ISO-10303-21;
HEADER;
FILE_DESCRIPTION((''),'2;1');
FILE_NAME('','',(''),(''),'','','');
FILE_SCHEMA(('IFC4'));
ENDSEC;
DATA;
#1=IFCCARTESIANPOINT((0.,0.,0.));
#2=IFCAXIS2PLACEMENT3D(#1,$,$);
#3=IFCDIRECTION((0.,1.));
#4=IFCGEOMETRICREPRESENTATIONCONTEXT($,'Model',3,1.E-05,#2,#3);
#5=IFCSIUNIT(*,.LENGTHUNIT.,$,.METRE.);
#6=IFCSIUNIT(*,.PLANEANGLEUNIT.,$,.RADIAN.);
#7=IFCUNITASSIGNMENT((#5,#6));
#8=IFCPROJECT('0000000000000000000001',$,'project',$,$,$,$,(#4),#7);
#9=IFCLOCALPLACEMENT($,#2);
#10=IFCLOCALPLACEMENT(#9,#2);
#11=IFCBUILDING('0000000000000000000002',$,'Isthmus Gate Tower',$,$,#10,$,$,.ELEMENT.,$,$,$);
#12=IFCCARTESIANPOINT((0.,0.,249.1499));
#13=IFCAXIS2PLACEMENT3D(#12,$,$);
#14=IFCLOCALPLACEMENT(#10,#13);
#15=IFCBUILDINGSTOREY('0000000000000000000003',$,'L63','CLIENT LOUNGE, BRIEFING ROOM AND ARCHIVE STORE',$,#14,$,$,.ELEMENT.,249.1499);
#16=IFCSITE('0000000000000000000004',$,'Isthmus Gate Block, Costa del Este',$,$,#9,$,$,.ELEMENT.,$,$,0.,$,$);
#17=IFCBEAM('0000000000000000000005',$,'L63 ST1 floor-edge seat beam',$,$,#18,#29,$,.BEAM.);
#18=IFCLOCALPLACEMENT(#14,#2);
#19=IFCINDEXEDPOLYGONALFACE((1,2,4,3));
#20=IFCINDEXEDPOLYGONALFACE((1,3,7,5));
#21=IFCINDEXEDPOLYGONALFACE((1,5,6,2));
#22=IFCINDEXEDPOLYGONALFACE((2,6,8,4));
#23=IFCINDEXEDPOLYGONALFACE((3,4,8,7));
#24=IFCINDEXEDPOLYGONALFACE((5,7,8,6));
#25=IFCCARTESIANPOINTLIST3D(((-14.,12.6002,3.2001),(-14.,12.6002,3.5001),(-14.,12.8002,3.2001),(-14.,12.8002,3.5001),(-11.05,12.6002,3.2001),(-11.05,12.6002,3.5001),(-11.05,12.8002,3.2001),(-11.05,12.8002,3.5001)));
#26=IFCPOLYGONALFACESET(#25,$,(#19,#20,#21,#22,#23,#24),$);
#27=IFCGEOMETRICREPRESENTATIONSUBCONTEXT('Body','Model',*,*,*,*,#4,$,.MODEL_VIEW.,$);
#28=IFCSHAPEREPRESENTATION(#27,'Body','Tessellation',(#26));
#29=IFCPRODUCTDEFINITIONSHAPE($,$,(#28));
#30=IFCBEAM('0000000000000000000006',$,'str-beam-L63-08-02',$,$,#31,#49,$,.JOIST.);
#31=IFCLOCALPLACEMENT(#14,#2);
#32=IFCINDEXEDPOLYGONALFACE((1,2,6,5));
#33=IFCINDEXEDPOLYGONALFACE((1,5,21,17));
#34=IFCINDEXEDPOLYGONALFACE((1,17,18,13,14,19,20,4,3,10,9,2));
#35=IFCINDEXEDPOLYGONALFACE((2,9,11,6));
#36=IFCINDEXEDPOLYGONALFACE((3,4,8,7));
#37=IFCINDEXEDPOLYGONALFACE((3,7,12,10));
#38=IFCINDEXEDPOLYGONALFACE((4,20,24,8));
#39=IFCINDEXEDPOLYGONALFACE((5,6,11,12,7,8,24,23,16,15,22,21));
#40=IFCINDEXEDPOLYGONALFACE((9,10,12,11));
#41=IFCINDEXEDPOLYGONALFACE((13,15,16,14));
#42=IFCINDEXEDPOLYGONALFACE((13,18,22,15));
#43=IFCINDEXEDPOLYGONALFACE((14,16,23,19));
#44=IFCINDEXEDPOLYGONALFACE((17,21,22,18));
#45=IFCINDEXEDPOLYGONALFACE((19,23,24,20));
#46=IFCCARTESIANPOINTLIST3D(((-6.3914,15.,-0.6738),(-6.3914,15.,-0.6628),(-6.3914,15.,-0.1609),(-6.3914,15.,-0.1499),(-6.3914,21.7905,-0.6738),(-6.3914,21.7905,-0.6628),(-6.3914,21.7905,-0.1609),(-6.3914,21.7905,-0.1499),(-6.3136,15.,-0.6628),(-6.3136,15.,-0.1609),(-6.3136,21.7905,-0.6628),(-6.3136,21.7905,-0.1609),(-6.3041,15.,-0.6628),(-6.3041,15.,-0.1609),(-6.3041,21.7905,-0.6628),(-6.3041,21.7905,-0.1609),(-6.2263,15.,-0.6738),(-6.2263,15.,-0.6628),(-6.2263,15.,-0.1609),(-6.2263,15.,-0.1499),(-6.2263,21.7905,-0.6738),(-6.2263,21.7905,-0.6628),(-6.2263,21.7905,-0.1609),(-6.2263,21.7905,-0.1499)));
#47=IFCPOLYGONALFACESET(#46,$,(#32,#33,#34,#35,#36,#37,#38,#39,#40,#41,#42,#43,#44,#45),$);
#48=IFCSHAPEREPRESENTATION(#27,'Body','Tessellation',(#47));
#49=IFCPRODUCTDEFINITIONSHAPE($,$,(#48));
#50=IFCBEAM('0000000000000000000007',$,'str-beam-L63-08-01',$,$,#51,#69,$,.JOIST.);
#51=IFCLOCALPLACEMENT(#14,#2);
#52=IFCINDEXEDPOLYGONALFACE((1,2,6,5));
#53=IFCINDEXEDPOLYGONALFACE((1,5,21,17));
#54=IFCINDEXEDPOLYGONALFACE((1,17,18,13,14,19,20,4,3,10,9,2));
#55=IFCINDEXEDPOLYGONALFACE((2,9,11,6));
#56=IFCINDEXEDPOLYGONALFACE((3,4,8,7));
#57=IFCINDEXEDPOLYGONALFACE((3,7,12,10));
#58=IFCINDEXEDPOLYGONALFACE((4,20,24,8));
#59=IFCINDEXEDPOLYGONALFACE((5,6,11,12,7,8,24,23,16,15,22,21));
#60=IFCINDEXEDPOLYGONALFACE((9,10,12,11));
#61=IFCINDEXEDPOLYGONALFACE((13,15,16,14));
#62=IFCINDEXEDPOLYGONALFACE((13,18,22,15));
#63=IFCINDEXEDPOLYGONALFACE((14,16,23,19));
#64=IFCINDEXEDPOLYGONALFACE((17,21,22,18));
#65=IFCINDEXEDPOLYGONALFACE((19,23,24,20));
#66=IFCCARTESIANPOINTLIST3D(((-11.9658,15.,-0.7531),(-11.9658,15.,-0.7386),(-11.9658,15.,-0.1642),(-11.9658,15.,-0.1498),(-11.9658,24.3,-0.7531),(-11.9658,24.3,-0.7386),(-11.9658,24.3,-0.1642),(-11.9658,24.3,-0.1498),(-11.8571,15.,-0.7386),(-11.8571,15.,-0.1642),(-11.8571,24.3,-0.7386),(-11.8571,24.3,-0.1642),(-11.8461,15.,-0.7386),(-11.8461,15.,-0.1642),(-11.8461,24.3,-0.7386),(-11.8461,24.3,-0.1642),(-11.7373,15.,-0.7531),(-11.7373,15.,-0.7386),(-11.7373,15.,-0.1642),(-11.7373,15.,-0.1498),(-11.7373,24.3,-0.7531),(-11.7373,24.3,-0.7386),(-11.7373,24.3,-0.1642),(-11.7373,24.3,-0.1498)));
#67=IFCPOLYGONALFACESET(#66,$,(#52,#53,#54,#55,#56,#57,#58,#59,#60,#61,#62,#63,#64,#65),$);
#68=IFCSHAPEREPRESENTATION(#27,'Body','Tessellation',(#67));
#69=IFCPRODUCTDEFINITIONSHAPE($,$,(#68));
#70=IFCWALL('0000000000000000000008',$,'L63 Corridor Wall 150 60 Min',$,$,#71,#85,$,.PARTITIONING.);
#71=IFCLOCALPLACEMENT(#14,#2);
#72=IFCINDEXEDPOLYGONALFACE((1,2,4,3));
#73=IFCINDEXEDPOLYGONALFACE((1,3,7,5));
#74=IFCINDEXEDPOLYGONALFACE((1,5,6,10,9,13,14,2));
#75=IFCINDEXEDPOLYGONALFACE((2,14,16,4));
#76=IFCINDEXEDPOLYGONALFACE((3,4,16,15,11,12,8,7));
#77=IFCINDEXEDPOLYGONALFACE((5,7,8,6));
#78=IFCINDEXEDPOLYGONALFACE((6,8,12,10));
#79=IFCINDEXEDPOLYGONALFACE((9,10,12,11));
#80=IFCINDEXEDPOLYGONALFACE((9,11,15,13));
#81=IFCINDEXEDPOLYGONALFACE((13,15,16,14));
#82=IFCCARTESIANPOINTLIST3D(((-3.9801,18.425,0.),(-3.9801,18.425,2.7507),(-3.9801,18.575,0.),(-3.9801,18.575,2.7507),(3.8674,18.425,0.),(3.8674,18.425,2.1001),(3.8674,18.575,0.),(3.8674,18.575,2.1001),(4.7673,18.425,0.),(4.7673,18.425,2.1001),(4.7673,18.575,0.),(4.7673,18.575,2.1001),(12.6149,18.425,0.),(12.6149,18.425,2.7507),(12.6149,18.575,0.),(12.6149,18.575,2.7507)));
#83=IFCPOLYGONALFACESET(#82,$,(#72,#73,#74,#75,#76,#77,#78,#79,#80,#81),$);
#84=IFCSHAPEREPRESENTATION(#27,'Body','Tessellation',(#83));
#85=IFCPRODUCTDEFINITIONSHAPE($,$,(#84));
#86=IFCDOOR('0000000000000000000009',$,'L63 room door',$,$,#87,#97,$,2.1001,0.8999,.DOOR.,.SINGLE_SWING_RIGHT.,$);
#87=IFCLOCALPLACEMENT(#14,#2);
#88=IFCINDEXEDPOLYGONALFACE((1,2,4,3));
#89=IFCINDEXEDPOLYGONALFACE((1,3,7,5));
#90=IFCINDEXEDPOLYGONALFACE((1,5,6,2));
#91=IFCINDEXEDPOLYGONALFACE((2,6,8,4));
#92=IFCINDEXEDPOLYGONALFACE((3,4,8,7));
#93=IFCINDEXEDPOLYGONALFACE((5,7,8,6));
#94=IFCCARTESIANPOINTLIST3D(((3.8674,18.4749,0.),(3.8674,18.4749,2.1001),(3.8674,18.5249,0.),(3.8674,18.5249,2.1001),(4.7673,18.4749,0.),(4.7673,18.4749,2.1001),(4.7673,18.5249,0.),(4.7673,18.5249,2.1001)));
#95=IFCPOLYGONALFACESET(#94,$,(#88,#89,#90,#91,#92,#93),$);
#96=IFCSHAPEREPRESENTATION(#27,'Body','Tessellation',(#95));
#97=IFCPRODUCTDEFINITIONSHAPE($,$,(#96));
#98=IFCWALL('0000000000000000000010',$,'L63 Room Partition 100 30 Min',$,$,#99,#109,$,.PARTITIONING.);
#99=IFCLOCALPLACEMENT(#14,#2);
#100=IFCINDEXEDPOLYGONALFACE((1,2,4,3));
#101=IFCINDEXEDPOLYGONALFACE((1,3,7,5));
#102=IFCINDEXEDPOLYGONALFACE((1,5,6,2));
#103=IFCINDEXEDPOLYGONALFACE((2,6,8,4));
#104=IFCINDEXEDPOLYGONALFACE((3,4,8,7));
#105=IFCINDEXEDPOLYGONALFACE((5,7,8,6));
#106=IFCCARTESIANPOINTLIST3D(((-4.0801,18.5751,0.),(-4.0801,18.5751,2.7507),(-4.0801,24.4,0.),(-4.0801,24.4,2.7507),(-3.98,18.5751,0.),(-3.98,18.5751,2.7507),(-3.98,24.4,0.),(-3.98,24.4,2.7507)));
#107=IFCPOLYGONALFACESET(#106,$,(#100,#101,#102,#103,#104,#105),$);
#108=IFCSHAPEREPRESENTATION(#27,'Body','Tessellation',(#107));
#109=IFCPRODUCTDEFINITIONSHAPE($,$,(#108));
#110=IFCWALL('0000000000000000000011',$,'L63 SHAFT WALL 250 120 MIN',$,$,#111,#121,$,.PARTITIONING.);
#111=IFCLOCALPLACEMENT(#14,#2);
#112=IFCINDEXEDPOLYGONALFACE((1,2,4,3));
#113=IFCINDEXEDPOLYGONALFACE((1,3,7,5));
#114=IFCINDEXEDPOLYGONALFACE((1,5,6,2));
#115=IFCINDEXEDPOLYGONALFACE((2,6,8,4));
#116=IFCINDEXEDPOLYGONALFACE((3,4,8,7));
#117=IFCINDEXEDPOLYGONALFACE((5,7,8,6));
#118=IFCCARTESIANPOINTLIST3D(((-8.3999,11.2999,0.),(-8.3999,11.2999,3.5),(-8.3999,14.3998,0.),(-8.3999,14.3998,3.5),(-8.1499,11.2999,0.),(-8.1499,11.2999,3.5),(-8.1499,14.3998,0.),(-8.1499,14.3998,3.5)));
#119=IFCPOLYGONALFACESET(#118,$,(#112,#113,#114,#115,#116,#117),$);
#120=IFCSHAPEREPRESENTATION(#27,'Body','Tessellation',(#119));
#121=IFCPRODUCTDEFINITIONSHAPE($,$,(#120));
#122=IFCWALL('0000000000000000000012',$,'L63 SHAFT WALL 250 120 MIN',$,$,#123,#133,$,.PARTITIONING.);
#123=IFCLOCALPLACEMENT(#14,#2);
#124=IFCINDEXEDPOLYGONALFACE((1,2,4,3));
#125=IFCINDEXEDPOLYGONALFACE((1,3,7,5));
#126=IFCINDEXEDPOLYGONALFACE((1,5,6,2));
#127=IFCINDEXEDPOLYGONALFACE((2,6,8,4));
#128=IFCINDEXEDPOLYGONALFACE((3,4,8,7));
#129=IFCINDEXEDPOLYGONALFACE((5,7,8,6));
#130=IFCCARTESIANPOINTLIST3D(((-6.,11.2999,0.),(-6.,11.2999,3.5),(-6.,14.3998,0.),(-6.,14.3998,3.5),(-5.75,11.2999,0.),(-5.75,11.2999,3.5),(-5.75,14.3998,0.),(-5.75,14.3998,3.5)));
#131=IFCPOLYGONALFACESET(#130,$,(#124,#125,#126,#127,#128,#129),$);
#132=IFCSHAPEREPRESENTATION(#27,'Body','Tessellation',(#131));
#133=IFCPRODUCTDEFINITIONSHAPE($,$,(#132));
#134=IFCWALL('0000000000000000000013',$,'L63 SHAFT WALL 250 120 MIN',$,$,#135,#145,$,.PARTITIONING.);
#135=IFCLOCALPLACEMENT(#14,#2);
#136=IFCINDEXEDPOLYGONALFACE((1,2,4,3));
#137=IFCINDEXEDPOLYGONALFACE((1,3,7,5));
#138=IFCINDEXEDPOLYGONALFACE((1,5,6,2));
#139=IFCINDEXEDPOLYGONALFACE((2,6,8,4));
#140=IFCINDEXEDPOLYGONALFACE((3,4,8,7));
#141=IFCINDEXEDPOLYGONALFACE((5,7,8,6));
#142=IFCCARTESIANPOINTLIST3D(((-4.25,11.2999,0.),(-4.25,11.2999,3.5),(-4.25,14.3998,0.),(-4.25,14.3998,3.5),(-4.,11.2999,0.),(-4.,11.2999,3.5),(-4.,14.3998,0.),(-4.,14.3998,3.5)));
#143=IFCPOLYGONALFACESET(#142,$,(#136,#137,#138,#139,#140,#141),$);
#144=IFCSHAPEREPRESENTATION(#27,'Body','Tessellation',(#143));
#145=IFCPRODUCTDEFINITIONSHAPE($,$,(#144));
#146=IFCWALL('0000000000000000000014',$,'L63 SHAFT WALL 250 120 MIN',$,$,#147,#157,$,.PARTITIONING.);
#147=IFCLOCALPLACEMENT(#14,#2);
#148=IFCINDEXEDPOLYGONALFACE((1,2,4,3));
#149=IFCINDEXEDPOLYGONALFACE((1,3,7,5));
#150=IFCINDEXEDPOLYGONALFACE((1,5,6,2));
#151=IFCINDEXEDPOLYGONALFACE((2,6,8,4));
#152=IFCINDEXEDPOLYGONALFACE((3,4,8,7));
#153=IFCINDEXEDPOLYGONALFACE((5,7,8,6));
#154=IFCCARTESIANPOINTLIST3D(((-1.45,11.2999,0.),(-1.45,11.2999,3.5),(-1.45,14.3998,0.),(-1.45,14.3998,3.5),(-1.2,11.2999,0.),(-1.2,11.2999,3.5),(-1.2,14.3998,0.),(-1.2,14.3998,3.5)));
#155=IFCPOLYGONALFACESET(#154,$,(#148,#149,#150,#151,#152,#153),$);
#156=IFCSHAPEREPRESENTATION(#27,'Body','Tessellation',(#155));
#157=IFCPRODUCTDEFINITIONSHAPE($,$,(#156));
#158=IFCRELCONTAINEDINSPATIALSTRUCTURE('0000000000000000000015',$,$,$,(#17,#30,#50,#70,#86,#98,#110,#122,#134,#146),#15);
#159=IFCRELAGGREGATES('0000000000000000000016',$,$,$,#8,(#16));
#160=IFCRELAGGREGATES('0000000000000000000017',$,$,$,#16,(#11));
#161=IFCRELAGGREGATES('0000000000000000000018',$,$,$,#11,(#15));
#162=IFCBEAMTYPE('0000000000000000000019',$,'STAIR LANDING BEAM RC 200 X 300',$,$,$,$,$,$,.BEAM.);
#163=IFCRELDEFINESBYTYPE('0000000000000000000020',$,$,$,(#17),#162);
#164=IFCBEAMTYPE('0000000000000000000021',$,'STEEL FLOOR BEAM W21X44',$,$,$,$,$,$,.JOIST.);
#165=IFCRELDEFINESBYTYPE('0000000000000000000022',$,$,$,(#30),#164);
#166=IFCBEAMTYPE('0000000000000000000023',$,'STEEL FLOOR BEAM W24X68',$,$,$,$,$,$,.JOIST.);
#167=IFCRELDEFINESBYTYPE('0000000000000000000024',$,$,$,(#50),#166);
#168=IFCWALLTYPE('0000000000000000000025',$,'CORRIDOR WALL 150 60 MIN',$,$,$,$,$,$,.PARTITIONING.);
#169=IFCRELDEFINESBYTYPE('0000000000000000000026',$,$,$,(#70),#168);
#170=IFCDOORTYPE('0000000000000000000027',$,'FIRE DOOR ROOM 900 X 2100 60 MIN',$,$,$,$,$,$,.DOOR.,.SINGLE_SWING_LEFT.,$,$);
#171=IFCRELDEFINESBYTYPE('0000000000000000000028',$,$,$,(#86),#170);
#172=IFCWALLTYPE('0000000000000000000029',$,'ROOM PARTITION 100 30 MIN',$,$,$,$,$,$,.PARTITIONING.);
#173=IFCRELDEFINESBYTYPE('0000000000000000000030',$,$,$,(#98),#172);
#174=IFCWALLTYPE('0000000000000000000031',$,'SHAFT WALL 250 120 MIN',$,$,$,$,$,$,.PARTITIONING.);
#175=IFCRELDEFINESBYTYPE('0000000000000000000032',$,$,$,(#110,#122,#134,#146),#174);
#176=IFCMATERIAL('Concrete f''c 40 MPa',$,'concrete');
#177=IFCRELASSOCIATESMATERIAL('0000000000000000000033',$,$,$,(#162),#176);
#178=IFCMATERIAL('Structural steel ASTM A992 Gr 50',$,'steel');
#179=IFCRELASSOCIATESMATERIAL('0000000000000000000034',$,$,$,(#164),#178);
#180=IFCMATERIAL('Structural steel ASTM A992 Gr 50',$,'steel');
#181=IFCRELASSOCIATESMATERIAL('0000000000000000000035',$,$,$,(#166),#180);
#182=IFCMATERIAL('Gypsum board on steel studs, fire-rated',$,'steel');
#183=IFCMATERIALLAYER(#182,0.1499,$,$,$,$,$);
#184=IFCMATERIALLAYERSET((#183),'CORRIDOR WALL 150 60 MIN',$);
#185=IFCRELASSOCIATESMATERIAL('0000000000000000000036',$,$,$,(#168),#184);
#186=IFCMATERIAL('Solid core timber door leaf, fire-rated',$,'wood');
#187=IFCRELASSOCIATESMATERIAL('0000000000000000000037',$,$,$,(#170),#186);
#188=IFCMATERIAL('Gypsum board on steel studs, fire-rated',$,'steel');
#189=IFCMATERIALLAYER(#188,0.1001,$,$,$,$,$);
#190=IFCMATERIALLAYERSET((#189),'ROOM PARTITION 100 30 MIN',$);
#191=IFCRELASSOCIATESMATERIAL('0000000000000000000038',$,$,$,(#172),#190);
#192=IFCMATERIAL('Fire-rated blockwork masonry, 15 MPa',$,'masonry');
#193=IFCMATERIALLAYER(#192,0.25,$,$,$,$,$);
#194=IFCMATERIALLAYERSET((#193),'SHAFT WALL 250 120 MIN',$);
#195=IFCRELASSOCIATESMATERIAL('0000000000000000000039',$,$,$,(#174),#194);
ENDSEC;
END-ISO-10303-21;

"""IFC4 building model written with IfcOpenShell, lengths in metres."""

from ifc_helpers import new_model, si_unit, direction, frame, frame_2d, origin, origin_2d, place, context, subcontext, project, spatial, rectangle, i_section, extrude, material, layer, layer_set, material_profile, profile_set, type_object, element, fill, save


model = new_model("IFC4")

# Units and contexts
model_context = context("Model", 3, precision=1e-05, world=origin(), true_north=direction((0.0, 1.0)))
body_context = subcontext(model_context, "Body", "Model", "MODEL_VIEW")
ifc_project = project(units=[si_unit("LENGTHUNIT", "METRE"), si_unit("PLANEANGLEUNIT", "RADIAN")], contexts=[model_context])

# Site, building, storey
site_placement = place(None, origin())
site = spatial("IfcSite", under=ifc_project, at=site_placement, Name="Isthmus Gate Block, Costa del Este", CompositionType="ELEMENT", RefElevation=0.0)
building_placement = place(site_placement, origin())
building = spatial("IfcBuilding", under=site, at=building_placement, Name="Isthmus Gate Tower", CompositionType="ELEMENT")
storey_placement = place(building_placement, frame((0.0, 0.0, 249.1499)))
storey = spatial("IfcBuildingStorey", under=building, at=storey_placement, Name="L63", Description="CLIENT LOUNGE, BRIEFING ROOM AND ARCHIVE STORE", CompositionType="ELEMENT", Elevation=249.1499)

# Beams
ifc_material_1 = material(Name="Concrete f'c 40 MPa", Category="concrete")
ifc_material_profile_1 = material_profile(ifc_material_1, rectangle(XDim=0.2, YDim=0.3, at=origin_2d()), Name="STAIR LANDING BEAM RC 200 X 300")
ifc_profile_set_1 = profile_set([ifc_material_profile_1], Name="Concrete f'c 40 MPa")
beam_type_1 = type_object("IfcBeamType", Name="STAIR LANDING BEAM RC 200 X 300", PredefinedType="BEAM", material=ifc_profile_set_1)
beam_1_placement = place(storey_placement, frame((-14.0, 12.7002, 3.3501), z_axis=(1.0, 0.0, 0.0), x_axis=(0.0, 1.0, 0.0)))
element("IfcBeam", 1, at=beam_1_placement, inside=storey, type_object=beam_type_1, Name="L63 ST1 floor-edge seat beam", PredefinedType="BEAM", context=body_context, shape_type="SweptSolid", body=[
    extrude(rectangle(XDim=0.2, YDim=0.3, at=origin_2d()), origin(), (0.0, 0.0, 1.0), 2.95),
])
ifc_material_2 = material(Name="Structural steel ASTM A992 Gr 50", Category="steel")
ifc_material_profile_2 = material_profile(ifc_material_2, i_section(OverallWidth=0.165, OverallDepth=0.5239, WebThickness=0.0095, FlangeThickness=0.011, at=origin_2d()), Name="W21X44")
ifc_profile_set_2 = profile_set([ifc_material_profile_2], Name="Structural steel ASTM A992 Gr 50")
beam_type_2 = type_object("IfcBeamType", Name="STEEL FLOOR BEAM W21X44", PredefinedType="JOIST", material=ifc_profile_set_2)
beam_2_placement = place(storey_placement, frame((-6.3088, 15.0, -0.4119), z_axis=(0.0, 1.0, 0.0), x_axis=(-1.0, 0.0, 0.0)))
element("IfcBeam", 2, at=beam_2_placement, inside=storey, type_object=beam_type_2, Name="str-beam-L63-08-02", PredefinedType="JOIST", context=body_context, shape_type="SweptSolid", body=[
    extrude(i_section(OverallWidth=0.165, OverallDepth=0.5239, WebThickness=0.0095, FlangeThickness=0.011, at=origin_2d()), origin(), (0.0, 0.0, 1.0), 6.7905),
])
ifc_material_3 = material(Name="Structural steel ASTM A992 Gr 50", Category="steel")
ifc_material_profile_3 = material_profile(ifc_material_3, i_section(OverallWidth=0.2285, OverallDepth=0.6033, WebThickness=0.011, FlangeThickness=0.0144, at=origin_2d()), Name="W24X68")
ifc_profile_set_3 = profile_set([ifc_material_profile_3], Name="Structural steel ASTM A992 Gr 50")
beam_type_3 = type_object("IfcBeamType", Name="STEEL FLOOR BEAM W24X68", PredefinedType="JOIST", material=ifc_profile_set_3)
beam_3_placement = place(storey_placement, frame((-11.8516, 15.0, -0.4514), z_axis=(0.0, 1.0, 0.0), x_axis=(-1.0, 0.0, 0.0)))
element("IfcBeam", 3, at=beam_3_placement, inside=storey, type_object=beam_type_3, Name="str-beam-L63-08-01", PredefinedType="JOIST", context=body_context, shape_type="SweptSolid", body=[
    extrude(i_section(OverallWidth=0.2285, OverallDepth=0.6033, WebThickness=0.011, FlangeThickness=0.0144, at=origin_2d()), origin(), (0.0, 0.0, 1.0), 9.3),
])

# Wall, opening, door
ifc_material_4 = material(Name="Gypsum board on steel studs, fire-rated", Category="steel")
ifc_layer_1 = layer(ifc_material_4, 0.1499)
ifc_layer_set_1 = layer_set([ifc_layer_1], Name="CORRIDOR WALL 150 60 MIN")
wall_type_1 = type_object("IfcWallType", Name="CORRIDOR WALL 150 60 MIN", PredefinedType="PARTITIONING", material=ifc_layer_set_1)
wall_1_placement = place(storey_placement, frame((-3.98, 18.5, 0.0), z_axis=(0.0, 0.0, 1.0), x_axis=(1.0, 0.0, 0.0)))
wall_1 = element("IfcWall", 4, at=wall_1_placement, inside=storey, type_object=wall_type_1, Name="L63 Corridor Wall 150 60 Min", PredefinedType="PARTITIONING", context=body_context, shape_type="SweptSolid", body=[
    extrude(rectangle(XDim=16.595, YDim=0.1499, at=frame_2d((8.2974, 0.0))), origin(), (0.0, 0.0, 1.0), 2.7507),
])
opening_placement = place(wall_1_placement, frame((7.8474, 0.0, 0.0)))
opening = element("IfcOpeningElement", 5, at=opening_placement, cuts=wall_1, PredefinedType="OPENING", context=body_context, shape_type="SweptSolid", body=[
    extrude(rectangle(XDim=0.8999, YDim=2.1001, at=frame_2d((0.45, 1.05))), frame((0.0, 0.085, 0.0), z_axis=(0.0, -1.0, 0.0), x_axis=(1.0, 0.0, 0.0)), (0.0, 0.0, 1.0), 0.1699),
])
ifc_material_5 = material(Name="Solid core timber door leaf, fire-rated", Category="wood")
door_type = type_object("IfcDoorType", Name="FIRE DOOR ROOM 900 X 2100 60 MIN", OperationType="SINGLE_SWING_LEFT", PredefinedType="DOOR", material=ifc_material_5)
door_placement = place(opening_placement, origin())
door = element("IfcDoor", 6, at=door_placement, inside=storey, type_object=door_type, Name="L63 room door", OperationType="SINGLE_SWING_RIGHT", OverallHeight=2.1001, OverallWidth=0.8999, PredefinedType="DOOR", context=body_context, shape_type="SweptSolid", body=[
    extrude(rectangle(XDim=0.8999, YDim=2.1001, at=frame_2d((0.45, 1.05))), frame((0.0, 0.0249, 0.0), z_axis=(0.0, -1.0, 0.0), x_axis=(1.0, 0.0, 0.0)), (0.0, 0.0, 1.0), 0.05),
])
fill(opening, door)

# Walls
ifc_material_6 = material(Name="Gypsum board on steel studs, fire-rated", Category="steel")
ifc_layer_2 = layer(ifc_material_6, 0.1001)
ifc_layer_set_2 = layer_set([ifc_layer_2], Name="ROOM PARTITION 100 30 MIN")
wall_type_2 = type_object("IfcWallType", Name="ROOM PARTITION 100 30 MIN", PredefinedType="PARTITIONING", material=ifc_layer_set_2)
wall_2_placement = place(storey_placement, frame((-4.03, 18.575, 0.0), z_axis=(0.0, 0.0, 1.0), x_axis=(0.0, 1.0, 0.0)))
element("IfcWall", 7, at=wall_2_placement, inside=storey, type_object=wall_type_2, Name="L63 Room Partition 100 30 Min", PredefinedType="PARTITIONING", context=body_context, shape_type="SweptSolid", body=[
    extrude(rectangle(XDim=5.825, YDim=0.1001, at=frame_2d((2.9126, 0.0))), origin(), (0.0, 0.0, 1.0), 2.7507),
])
ifc_material_7 = material(Name="Fire-rated blockwork masonry, 15 MPa", Category="masonry")
ifc_layer_3 = layer(ifc_material_7, 0.25)
ifc_layer_set_3 = layer_set([ifc_layer_3], Name="SHAFT WALL 250 120 MIN")
wall_type_3 = type_object("IfcWallType", Name="SHAFT WALL 250 120 MIN", PredefinedType="PARTITIONING", material=ifc_layer_set_3)
for number, where, z_axis, x_axis, name in (
    (8, (-8.2749, 11.3, 0.0), (0.0, 0.0, 1.0), (0.0, 1.0, 0.0), "L63 SHAFT WALL 250 120 MIN"),
    (9, (-5.875, 11.3, 0.0), (0.0, 0.0, 1.0), (0.0, 1.0, 0.0), "L63 SHAFT WALL 250 120 MIN"),
    (10, (-4.125, 11.3, 0.0), (0.0, 0.0, 1.0), (0.0, 1.0, 0.0), "L63 SHAFT WALL 250 120 MIN"),
    (11, (-1.325, 11.3, 0.0), (0.0, 0.0, 1.0), (0.0, 1.0, 0.0), "L63 SHAFT WALL 250 120 MIN"),
):
    element("IfcWall", number, at=place(storey_placement, frame(where, z_axis=z_axis, x_axis=x_axis)), inside=storey, type_object=wall_type_3, Name=name, PredefinedType="PARTITIONING", context=body_context, shape_type="SweptSolid", body=[
        extrude(rectangle(XDim=3.0999, YDim=0.25, at=frame_2d((1.5498, 0.0))), origin(), (0.0, 0.0, 1.0), 3.5),
    ])

save(model, "model.ifc")
